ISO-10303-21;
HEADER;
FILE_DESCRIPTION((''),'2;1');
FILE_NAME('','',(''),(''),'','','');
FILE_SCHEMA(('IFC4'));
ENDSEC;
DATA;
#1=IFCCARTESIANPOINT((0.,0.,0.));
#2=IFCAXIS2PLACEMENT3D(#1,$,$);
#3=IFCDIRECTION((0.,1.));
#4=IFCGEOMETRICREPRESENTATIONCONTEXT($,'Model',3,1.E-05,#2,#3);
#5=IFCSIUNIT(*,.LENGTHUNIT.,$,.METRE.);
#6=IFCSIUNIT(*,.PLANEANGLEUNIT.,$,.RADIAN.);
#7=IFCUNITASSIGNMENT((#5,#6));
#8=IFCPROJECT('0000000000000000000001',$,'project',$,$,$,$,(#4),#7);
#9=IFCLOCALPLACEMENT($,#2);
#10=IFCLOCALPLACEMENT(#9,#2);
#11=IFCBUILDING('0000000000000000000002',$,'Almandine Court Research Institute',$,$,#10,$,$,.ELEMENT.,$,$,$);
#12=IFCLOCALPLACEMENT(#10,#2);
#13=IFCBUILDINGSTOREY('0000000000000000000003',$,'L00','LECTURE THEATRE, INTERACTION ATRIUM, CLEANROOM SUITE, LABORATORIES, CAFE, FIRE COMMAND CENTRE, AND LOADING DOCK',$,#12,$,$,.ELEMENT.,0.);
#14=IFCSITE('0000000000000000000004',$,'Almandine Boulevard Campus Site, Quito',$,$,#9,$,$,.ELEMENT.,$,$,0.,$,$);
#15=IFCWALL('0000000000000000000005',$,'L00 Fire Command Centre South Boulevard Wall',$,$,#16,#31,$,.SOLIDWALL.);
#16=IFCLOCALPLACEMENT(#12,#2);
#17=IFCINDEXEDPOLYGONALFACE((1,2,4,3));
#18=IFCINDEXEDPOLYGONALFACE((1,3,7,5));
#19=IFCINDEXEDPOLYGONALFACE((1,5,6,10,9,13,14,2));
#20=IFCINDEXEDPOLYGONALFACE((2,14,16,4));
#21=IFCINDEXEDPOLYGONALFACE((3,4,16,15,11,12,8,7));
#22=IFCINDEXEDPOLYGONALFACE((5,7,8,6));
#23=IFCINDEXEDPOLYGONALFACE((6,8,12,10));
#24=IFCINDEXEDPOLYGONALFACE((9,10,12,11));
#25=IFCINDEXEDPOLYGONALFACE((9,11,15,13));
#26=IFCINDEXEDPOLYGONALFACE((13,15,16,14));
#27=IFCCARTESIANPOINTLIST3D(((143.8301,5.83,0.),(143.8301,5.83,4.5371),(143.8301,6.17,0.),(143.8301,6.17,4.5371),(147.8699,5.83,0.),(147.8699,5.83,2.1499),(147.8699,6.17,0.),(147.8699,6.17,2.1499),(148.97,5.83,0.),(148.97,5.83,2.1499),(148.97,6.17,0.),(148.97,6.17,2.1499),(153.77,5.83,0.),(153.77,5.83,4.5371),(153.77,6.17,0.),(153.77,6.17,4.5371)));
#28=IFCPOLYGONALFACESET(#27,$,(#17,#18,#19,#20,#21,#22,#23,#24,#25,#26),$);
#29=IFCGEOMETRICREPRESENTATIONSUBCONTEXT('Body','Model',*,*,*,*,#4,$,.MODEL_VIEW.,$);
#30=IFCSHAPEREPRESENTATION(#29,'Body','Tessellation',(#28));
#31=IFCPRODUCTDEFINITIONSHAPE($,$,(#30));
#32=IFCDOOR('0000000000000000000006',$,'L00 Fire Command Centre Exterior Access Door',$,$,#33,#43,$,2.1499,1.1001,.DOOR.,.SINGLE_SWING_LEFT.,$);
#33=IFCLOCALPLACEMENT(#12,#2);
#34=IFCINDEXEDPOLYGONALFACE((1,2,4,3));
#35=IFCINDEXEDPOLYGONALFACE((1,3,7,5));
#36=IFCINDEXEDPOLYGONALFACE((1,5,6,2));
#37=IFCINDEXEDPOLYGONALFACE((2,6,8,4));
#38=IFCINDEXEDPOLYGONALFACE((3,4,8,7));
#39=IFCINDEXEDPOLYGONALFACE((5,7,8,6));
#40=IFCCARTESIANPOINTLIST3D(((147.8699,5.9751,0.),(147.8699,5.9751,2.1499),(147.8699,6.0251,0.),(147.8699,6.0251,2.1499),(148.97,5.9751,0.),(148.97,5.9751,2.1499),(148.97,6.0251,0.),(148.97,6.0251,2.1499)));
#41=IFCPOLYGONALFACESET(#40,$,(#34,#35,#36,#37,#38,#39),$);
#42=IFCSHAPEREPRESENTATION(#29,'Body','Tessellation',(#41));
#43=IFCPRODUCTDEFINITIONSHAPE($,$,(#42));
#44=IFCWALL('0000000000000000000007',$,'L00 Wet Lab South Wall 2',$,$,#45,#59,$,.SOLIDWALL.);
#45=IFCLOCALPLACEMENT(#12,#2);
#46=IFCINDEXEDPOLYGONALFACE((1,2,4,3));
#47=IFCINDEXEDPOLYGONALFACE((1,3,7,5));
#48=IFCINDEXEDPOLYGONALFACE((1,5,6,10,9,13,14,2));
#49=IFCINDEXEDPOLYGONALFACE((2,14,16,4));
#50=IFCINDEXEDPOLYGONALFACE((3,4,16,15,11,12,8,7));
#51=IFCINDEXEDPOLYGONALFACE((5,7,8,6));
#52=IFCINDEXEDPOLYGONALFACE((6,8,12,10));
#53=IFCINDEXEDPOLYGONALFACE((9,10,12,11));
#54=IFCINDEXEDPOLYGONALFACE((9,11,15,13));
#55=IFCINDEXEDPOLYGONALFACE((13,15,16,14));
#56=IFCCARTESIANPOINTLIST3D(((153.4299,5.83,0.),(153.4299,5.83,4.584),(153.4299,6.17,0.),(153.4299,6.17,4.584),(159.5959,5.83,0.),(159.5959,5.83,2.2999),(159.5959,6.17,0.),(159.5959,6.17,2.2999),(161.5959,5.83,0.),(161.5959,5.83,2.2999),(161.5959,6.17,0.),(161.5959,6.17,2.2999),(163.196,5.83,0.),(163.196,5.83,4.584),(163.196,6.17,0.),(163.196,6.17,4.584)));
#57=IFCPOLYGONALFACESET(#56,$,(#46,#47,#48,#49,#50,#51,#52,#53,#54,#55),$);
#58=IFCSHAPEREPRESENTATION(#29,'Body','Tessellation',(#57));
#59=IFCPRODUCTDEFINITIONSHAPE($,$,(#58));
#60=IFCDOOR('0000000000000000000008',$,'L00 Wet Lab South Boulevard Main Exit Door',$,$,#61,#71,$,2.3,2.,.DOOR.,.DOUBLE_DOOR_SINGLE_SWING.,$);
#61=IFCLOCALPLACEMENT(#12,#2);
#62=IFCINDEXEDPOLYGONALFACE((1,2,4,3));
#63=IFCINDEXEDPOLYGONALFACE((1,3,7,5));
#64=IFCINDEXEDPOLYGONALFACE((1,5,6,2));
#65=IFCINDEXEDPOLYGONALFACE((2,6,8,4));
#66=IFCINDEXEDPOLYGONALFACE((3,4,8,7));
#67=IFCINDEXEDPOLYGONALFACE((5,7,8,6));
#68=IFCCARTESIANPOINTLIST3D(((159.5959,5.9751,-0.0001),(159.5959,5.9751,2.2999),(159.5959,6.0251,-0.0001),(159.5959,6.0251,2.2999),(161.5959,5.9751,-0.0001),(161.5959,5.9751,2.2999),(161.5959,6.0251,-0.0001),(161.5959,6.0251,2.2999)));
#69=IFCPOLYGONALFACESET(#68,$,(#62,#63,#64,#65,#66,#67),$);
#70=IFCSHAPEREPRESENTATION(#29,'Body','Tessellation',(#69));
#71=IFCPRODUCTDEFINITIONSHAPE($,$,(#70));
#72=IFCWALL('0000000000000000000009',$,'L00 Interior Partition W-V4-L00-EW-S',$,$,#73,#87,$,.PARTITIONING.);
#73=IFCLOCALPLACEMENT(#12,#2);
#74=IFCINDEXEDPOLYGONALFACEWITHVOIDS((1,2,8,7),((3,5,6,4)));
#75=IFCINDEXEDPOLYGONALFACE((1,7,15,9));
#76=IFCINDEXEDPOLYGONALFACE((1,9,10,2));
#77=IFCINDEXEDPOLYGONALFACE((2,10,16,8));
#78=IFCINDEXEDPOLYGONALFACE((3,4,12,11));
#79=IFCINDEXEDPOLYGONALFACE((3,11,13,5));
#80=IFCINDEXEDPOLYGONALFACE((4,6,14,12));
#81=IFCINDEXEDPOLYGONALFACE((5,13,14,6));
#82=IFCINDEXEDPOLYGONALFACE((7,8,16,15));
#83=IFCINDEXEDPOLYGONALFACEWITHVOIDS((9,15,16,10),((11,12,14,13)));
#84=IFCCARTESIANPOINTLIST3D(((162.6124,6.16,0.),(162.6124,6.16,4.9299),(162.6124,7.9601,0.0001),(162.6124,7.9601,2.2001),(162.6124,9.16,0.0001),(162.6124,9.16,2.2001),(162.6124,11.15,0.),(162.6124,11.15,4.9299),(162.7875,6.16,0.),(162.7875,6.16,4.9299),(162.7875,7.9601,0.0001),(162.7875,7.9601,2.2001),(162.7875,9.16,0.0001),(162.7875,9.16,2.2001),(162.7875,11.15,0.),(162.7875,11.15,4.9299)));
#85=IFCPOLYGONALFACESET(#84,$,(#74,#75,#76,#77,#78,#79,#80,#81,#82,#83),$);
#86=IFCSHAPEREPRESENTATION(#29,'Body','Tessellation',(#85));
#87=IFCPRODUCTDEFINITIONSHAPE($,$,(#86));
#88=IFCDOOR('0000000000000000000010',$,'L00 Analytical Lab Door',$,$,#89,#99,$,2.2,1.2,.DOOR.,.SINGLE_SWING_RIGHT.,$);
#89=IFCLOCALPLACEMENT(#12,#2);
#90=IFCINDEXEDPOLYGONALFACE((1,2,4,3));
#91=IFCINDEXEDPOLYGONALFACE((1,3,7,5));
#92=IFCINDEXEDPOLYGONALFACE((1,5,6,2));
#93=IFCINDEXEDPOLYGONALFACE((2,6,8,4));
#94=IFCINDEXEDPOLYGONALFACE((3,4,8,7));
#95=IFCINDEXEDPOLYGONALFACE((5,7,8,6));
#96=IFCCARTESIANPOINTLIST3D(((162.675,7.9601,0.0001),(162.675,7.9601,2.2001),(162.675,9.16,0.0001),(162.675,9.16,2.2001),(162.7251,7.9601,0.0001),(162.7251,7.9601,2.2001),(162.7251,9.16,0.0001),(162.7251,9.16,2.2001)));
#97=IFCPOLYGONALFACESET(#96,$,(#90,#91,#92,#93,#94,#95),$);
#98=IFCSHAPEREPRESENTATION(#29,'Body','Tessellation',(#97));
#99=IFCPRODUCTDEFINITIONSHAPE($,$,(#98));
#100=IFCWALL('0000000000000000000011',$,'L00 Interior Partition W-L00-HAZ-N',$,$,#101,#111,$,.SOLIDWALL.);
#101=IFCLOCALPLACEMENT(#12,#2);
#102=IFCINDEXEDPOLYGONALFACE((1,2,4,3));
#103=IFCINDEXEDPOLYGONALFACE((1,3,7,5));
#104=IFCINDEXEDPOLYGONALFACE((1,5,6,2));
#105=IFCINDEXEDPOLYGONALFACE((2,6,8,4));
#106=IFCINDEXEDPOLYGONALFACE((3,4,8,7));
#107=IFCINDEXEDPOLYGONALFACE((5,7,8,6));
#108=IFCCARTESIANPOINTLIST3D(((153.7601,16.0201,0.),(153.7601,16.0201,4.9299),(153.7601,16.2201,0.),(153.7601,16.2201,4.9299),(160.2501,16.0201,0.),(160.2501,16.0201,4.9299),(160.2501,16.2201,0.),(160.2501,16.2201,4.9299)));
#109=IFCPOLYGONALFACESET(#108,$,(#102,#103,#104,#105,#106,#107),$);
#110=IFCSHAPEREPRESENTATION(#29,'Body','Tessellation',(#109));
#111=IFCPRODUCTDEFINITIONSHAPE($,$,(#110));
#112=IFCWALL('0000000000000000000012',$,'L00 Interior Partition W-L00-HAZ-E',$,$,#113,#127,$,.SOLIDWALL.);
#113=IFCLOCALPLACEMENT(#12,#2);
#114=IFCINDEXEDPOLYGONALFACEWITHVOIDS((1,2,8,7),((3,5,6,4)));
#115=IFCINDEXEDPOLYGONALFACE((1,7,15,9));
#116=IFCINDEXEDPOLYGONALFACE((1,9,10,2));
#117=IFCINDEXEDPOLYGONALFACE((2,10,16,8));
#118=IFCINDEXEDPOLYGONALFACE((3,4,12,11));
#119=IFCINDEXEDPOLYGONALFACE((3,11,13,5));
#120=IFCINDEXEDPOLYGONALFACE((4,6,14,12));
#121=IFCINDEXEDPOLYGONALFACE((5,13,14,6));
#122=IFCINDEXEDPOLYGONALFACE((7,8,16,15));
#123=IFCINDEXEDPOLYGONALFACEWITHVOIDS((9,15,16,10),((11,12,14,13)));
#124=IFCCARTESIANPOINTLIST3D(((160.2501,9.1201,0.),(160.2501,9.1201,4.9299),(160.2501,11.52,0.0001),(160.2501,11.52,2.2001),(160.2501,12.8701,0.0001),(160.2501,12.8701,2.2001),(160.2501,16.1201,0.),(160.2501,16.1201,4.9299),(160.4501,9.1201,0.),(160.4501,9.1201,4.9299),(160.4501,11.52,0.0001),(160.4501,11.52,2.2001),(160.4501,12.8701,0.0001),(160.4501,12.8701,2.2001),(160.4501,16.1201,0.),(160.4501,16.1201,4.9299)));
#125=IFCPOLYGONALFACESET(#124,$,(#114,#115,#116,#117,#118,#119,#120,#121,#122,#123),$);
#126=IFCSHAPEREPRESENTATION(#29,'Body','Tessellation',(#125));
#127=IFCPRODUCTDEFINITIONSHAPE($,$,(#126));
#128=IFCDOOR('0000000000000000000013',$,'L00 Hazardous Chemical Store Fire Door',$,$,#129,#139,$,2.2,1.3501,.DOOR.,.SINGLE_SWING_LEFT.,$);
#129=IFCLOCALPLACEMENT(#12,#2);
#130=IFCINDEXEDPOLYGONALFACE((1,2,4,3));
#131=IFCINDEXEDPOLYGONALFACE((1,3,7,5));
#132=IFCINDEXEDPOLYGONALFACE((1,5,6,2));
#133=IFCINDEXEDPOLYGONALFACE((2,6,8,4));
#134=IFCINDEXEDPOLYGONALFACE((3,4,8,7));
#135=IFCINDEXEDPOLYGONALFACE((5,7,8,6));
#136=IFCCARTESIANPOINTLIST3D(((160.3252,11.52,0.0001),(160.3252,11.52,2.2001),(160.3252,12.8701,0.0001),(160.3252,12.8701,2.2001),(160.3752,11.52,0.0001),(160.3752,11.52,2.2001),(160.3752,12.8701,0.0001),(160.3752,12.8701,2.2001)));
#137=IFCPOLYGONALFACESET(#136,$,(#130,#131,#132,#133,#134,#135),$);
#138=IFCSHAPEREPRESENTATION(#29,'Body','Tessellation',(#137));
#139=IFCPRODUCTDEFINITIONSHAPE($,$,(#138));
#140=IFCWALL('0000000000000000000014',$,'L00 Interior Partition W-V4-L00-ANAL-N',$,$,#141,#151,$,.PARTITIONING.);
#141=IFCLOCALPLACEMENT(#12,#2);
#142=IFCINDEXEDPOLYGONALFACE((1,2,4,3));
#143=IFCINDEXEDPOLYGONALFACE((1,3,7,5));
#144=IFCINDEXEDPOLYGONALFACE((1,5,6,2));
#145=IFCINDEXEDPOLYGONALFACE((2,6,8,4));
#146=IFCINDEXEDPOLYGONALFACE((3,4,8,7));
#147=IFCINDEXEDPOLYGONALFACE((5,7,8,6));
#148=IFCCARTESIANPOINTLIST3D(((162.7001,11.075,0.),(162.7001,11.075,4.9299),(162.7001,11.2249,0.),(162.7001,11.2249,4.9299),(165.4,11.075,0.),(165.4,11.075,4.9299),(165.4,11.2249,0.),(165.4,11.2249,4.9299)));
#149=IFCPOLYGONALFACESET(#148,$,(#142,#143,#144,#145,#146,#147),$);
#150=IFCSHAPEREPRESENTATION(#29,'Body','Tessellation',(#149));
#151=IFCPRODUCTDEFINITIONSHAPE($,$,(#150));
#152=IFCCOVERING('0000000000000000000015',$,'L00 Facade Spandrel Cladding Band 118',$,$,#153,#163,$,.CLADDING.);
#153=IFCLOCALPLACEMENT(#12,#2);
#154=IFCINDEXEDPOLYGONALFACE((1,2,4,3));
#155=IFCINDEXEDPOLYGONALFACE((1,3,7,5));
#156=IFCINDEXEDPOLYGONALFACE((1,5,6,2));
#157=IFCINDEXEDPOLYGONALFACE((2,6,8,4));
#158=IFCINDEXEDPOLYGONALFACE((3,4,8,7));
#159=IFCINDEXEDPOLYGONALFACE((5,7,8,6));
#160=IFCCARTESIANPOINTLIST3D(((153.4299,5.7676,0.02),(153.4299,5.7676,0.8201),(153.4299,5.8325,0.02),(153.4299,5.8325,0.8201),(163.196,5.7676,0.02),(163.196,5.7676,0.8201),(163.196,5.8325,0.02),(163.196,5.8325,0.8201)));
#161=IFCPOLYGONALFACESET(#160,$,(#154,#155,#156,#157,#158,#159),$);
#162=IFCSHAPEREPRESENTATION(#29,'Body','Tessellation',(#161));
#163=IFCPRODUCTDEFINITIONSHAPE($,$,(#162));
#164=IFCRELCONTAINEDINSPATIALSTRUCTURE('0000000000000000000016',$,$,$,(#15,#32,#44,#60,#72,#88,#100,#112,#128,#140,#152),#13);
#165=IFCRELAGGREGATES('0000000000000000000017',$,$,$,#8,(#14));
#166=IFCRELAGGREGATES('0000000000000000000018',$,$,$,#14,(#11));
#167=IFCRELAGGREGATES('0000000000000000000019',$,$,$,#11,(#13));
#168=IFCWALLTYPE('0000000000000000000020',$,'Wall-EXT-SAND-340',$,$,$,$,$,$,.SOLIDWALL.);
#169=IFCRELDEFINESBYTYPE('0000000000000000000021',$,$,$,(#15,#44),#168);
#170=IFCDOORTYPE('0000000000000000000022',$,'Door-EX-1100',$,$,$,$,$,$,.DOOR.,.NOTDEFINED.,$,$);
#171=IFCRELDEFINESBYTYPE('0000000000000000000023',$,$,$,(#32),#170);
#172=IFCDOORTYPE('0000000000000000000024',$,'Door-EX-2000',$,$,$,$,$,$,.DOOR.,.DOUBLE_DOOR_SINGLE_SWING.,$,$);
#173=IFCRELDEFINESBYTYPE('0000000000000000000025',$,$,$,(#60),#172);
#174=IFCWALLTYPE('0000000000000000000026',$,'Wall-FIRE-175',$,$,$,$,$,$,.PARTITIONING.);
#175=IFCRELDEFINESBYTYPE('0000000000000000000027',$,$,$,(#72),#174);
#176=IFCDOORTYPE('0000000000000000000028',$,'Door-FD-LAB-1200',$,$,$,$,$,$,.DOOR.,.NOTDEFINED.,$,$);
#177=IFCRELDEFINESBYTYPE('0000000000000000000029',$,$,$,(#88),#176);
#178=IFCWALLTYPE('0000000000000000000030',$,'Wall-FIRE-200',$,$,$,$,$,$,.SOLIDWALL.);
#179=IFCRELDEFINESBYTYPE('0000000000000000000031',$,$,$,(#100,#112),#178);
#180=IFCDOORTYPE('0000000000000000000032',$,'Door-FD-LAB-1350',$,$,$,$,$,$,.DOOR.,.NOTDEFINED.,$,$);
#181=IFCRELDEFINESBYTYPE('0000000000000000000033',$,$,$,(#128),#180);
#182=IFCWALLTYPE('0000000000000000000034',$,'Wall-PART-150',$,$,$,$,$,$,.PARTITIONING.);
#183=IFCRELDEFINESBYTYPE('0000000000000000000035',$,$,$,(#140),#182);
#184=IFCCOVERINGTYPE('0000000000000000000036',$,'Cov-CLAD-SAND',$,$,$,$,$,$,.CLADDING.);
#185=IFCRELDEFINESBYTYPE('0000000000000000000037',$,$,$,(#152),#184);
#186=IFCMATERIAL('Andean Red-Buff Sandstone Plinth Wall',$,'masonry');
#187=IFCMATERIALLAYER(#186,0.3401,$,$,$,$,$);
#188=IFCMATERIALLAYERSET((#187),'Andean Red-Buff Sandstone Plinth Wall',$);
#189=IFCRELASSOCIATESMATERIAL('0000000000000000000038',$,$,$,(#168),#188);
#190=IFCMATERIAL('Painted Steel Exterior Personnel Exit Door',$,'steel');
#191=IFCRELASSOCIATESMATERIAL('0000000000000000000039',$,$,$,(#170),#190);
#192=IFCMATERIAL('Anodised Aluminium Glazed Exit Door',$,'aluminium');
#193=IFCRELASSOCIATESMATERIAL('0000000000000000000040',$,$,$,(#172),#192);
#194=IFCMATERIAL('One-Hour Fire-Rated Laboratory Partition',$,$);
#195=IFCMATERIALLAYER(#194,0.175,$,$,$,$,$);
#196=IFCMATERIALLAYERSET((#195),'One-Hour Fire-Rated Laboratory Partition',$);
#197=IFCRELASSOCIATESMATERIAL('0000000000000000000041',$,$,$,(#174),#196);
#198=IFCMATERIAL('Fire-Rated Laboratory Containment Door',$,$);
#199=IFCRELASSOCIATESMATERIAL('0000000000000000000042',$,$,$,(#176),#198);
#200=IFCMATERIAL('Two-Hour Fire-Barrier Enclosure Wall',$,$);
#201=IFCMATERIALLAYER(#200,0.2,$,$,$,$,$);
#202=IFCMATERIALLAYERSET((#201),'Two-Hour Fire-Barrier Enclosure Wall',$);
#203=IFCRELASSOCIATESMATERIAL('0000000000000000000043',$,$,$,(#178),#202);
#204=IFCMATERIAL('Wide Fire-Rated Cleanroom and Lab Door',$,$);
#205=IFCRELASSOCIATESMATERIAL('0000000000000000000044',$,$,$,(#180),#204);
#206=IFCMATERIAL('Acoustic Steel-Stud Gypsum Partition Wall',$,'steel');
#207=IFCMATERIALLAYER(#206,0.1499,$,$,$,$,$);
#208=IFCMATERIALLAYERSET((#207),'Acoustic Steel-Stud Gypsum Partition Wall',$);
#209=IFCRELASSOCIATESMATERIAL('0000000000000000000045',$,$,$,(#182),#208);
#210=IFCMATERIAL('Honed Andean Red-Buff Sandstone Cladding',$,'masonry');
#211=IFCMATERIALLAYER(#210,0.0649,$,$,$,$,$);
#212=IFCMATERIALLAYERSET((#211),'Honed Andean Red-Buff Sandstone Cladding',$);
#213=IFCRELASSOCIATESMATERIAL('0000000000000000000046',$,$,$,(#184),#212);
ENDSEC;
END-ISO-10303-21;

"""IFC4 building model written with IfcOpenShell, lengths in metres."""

from ifc_helpers import new_model, si_unit, direction, frame, frame_2d, origin, origin_2d, place, context, subcontext, project, spatial, rectangle, extrude, material, layer, layer_set, type_object, element, fill, save


model = new_model("IFC4")

# Units and contexts
model_context = context("Model", 3, precision=1e-05, world=origin(), true_north=direction((0.0, 1.0)))
body_context = subcontext(model_context, "Body", "Model", "MODEL_VIEW")
ifc_project = project(units=[si_unit("LENGTHUNIT", "METRE"), si_unit("PLANEANGLEUNIT", "RADIAN")], contexts=[model_context])

# Site, building, storey
site_placement = place(None, origin())
site = spatial("IfcSite", under=ifc_project, at=site_placement, Name="Almandine Boulevard Campus Site, Quito", CompositionType="ELEMENT", RefElevation=0.0)
building_placement = place(site_placement, origin())
building = spatial("IfcBuilding", under=site, at=building_placement, Name="Almandine Court Research Institute", CompositionType="ELEMENT")
storey_placement = place(building_placement, origin())
storey = spatial("IfcBuildingStorey", under=building, at=storey_placement, Name="L00", Description="LECTURE THEATRE, INTERACTION ATRIUM, CLEANROOM SUITE, LABORATORIES, CAFE, FIRE COMMAND CENTRE, AND LOADING DOCK", CompositionType="ELEMENT", Elevation=0.0)

# Walls, openings, doors
ifc_material_1 = material(Name="Andean Red-Buff Sandstone Plinth Wall", Category="masonry")
ifc_layer_1 = layer(ifc_material_1, 0.3401)
ifc_layer_set_1 = layer_set([ifc_layer_1], Name="Andean Red-Buff Sandstone Plinth Wall")
wall_type_1 = type_object("IfcWallType", Name="Wall-EXT-SAND-340", PredefinedType="SOLIDWALL", material=ifc_layer_set_1)
wall_1_placement = place(storey_placement, frame((153.77, 6.0, 0.0), z_axis=(0.0, 0.0, 1.0), x_axis=(-1.0, 0.0, 0.0)))
wall_1 = element("IfcWall", 1, at=wall_1_placement, inside=storey, type_object=wall_type_1, Name="L00 Fire Command Centre South Boulevard Wall", PredefinedType="SOLIDWALL", context=body_context, shape_type="SweptSolid", body=[
    extrude(rectangle(XDim=9.9399, YDim=0.3401, at=frame_2d((4.97, 0.0))), origin(), (0.0, 0.0, 1.0), 4.5371),
])
opening_1_placement = place(wall_1_placement, frame((4.8, 0.0, 0.0)))
opening_1 = element("IfcOpeningElement", 2, at=opening_1_placement, cuts=wall_1, PredefinedType="OPENING", context=body_context, shape_type="SweptSolid", body=[
    extrude(rectangle(XDim=1.1001, YDim=2.1499, at=frame_2d((0.55, 1.075))), frame((0.0, 0.1799, 0.0), z_axis=(0.0, -1.0, 0.0), x_axis=(1.0, 0.0, 0.0)), (0.0, 0.0, 1.0), 0.3601),
])
ifc_material_2 = material(Name="Painted Steel Exterior Personnel Exit Door", Category="steel")
door_type_1 = type_object("IfcDoorType", Name="Door-EX-1100", OperationType="NOTDEFINED", PredefinedType="DOOR", material=ifc_material_2)
door_1_placement = place(opening_1_placement, origin())
door_1 = element("IfcDoor", 3, at=door_1_placement, inside=storey, type_object=door_type_1, Name="L00 Fire Command Centre Exterior Access Door", OperationType="SINGLE_SWING_LEFT", OverallHeight=2.1499, OverallWidth=1.1001, PredefinedType="DOOR", context=body_context, shape_type="SweptSolid", body=[
    extrude(rectangle(XDim=1.1001, YDim=2.1499, at=frame_2d((0.55, 1.075))), frame((0.0, 0.0249, 0.0), z_axis=(0.0, -1.0, 0.0), x_axis=(1.0, 0.0, 0.0)), (0.0, 0.0, 1.0), 0.05),
])
fill(opening_1, door_1)
wall_2_placement = place(storey_placement, frame((163.196, 6.0, 0.0), z_axis=(0.0, 0.0, 1.0), x_axis=(-1.0, 0.0, 0.0)))
wall_2 = element("IfcWall", 4, at=wall_2_placement, inside=storey, type_object=wall_type_1, Name="L00 Wet Lab South Wall 2", PredefinedType="SOLIDWALL", context=body_context, shape_type="SweptSolid", body=[
    extrude(rectangle(XDim=9.7661, YDim=0.3401, at=frame_2d((4.8831, 0.0))), origin(), (0.0, 0.0, 1.0), 4.584),
])
opening_2_placement = place(wall_2_placement, frame((1.6001, 0.0, 0.0)))
opening_2 = element("IfcOpeningElement", 5, at=opening_2_placement, cuts=wall_2, PredefinedType="OPENING", context=body_context, shape_type="SweptSolid", body=[
    extrude(rectangle(XDim=2.0, YDim=2.3, at=frame_2d((1.0, 1.1499))), frame((0.0, 0.1799, 0.0), z_axis=(0.0, -1.0, 0.0), x_axis=(1.0, 0.0, 0.0)), (0.0, 0.0, 1.0), 0.3601),
])
ifc_material_3 = material(Name="Anodised Aluminium Glazed Exit Door", Category="aluminium")
door_type_2 = type_object("IfcDoorType", Name="Door-EX-2000", OperationType="DOUBLE_DOOR_SINGLE_SWING", PredefinedType="DOOR", material=ifc_material_3)
door_2_placement = place(opening_2_placement, origin())
door_2 = element("IfcDoor", 6, at=door_2_placement, inside=storey, type_object=door_type_2, Name="L00 Wet Lab South Boulevard Main Exit Door", OperationType="DOUBLE_DOOR_SINGLE_SWING", OverallHeight=2.3, OverallWidth=2.0, PredefinedType="DOOR", context=body_context, shape_type="SweptSolid", body=[
    extrude(rectangle(XDim=2.0, YDim=2.3, at=frame_2d((1.0, 1.1499))), frame((0.0, 0.0249, 0.0), z_axis=(0.0, -1.0, 0.0), x_axis=(1.0, 0.0, 0.0)), (0.0, 0.0, 1.0), 0.05),
])
fill(opening_2, door_2)
ifc_material_4 = material(Name="One-Hour Fire-Rated Laboratory Partition")
ifc_layer_2 = layer(ifc_material_4, 0.175)
ifc_layer_set_2 = layer_set([ifc_layer_2], Name="One-Hour Fire-Rated Laboratory Partition")
wall_type_2 = type_object("IfcWallType", Name="Wall-FIRE-175", PredefinedType="PARTITIONING", material=ifc_layer_set_2)
wall_3_placement = place(storey_placement, frame((162.7, 6.1599, 0.0), z_axis=(0.0, 0.0, 1.0), x_axis=(0.0, 1.0, 0.0)))
wall_3 = element("IfcWall", 7, at=wall_3_placement, inside=storey, type_object=wall_type_2, Name="L00 Interior Partition W-V4-L00-EW-S", PredefinedType="PARTITIONING", context=body_context, shape_type="SweptSolid", body=[
    extrude(rectangle(XDim=4.99, YDim=0.175, at=frame_2d((2.4951, 0.0))), origin(), (0.0, 0.0, 1.0), 4.9299),
])
opening_3_placement = place(wall_3_placement, frame((1.8, 0.0, 0.0)))
opening_3 = element("IfcOpeningElement", 8, at=opening_3_placement, cuts=wall_3, PredefinedType="OPENING", context=body_context, shape_type="SweptSolid", body=[
    extrude(rectangle(XDim=1.2, YDim=2.2, at=frame_2d((0.6001, 1.1001))), frame((0.0, 0.0974, 0.0), z_axis=(0.0, -1.0, 0.0), x_axis=(1.0, 0.0, 0.0)), (0.0, 0.0, 1.0), 0.1951),
])
ifc_material_5 = material(Name="Fire-Rated Laboratory Containment Door")
door_type_3 = type_object("IfcDoorType", Name="Door-FD-LAB-1200", OperationType="NOTDEFINED", PredefinedType="DOOR", material=ifc_material_5)
door_3_placement = place(opening_3_placement, origin())
door_3 = element("IfcDoor", 9, at=door_3_placement, inside=storey, type_object=door_type_3, Name="L00 Analytical Lab Door", OperationType="SINGLE_SWING_RIGHT", OverallHeight=2.2, OverallWidth=1.2, PredefinedType="DOOR", context=body_context, shape_type="SweptSolid", body=[
    extrude(rectangle(XDim=1.2, YDim=2.2, at=frame_2d((0.6001, 1.1001))), frame((0.0, 0.0249, 0.0), z_axis=(0.0, -1.0, 0.0), x_axis=(1.0, 0.0, 0.0)), (0.0, 0.0, 1.0), 0.05),
])
fill(opening_3, door_3)

# Wall
ifc_material_6 = material(Name="Two-Hour Fire-Barrier Enclosure Wall")
ifc_layer_3 = layer(ifc_material_6, 0.2)
ifc_layer_set_3 = layer_set([ifc_layer_3], Name="Two-Hour Fire-Barrier Enclosure Wall")
wall_type_3 = type_object("IfcWallType", Name="Wall-FIRE-200", PredefinedType="SOLIDWALL", material=ifc_layer_set_3)
wall_4_placement = place(storey_placement, frame((153.76, 16.1201, 0.0), z_axis=(0.0, 0.0, 1.0), x_axis=(1.0, 0.0, 0.0)))
element("IfcWall", 10, at=wall_4_placement, inside=storey, type_object=wall_type_3, Name="L00 Interior Partition W-L00-HAZ-N", PredefinedType="SOLIDWALL", context=body_context, shape_type="SweptSolid", body=[
    extrude(rectangle(XDim=6.49, YDim=0.2, at=frame_2d((3.2451, 0.0))), origin(), (0.0, 0.0, 1.0), 4.9299),
])

# Wall, opening, door
wall_5_placement = place(storey_placement, frame((160.3501, 9.1201, 0.0), z_axis=(0.0, 0.0, 1.0), x_axis=(0.0, 1.0, 0.0)))
wall_5 = element("IfcWall", 11, at=wall_5_placement, inside=storey, type_object=wall_type_3, Name="L00 Interior Partition W-L00-HAZ-E", PredefinedType="SOLIDWALL", context=body_context, shape_type="SweptSolid", body=[
    extrude(rectangle(XDim=7.0, YDim=0.2, at=frame_2d((3.5, 0.0))), origin(), (0.0, 0.0, 1.0), 4.9299),
])
opening_4_placement = place(wall_5_placement, frame((2.3999, 0.0, 0.0)))
opening_4 = element("IfcOpeningElement", 12, at=opening_4_placement, cuts=wall_5, PredefinedType="OPENING", context=body_context, shape_type="SweptSolid", body=[
    extrude(rectangle(XDim=1.3501, YDim=2.2, at=frame_2d((0.675, 1.1001))), frame((0.0, 0.1099, 0.0), z_axis=(0.0, -1.0, 0.0), x_axis=(1.0, 0.0, 0.0)), (0.0, 0.0, 1.0), 0.22),
])
ifc_material_7 = material(Name="Wide Fire-Rated Cleanroom and Lab Door")
door_type_4 = type_object("IfcDoorType", Name="Door-FD-LAB-1350", OperationType="NOTDEFINED", PredefinedType="DOOR", material=ifc_material_7)
door_4_placement = place(opening_4_placement, origin())
door_4 = element("IfcDoor", 13, at=door_4_placement, inside=storey, type_object=door_type_4, Name="L00 Hazardous Chemical Store Fire Door", OperationType="SINGLE_SWING_LEFT", OverallHeight=2.2, OverallWidth=1.3501, PredefinedType="DOOR", context=body_context, shape_type="SweptSolid", body=[
    extrude(rectangle(XDim=1.3501, YDim=2.2, at=frame_2d((0.675, 1.1001))), frame((0.0, 0.0249, 0.0), z_axis=(0.0, -1.0, 0.0), x_axis=(1.0, 0.0, 0.0)), (0.0, 0.0, 1.0), 0.05),
])
fill(opening_4, door_4)

# Wall
ifc_material_8 = material(Name="Acoustic Steel-Stud Gypsum Partition Wall", Category="steel")
ifc_layer_4 = layer(ifc_material_8, 0.1499)
ifc_layer_set_4 = layer_set([ifc_layer_4], Name="Acoustic Steel-Stud Gypsum Partition Wall")
wall_type_4 = type_object("IfcWallType", Name="Wall-PART-150", PredefinedType="PARTITIONING", material=ifc_layer_set_4)
wall_6_placement = place(storey_placement, frame((162.7, 11.1499, 0.0), z_axis=(0.0, 0.0, 1.0), x_axis=(1.0, 0.0, 0.0)))
element("IfcWall", 14, at=wall_6_placement, inside=storey, type_object=wall_type_4, Name="L00 Interior Partition W-V4-L00-ANAL-N", PredefinedType="PARTITIONING", context=body_context, shape_type="SweptSolid", body=[
    extrude(rectangle(XDim=2.7, YDim=0.1499, at=frame_2d((1.3501, 0.0))), origin(), (0.0, 0.0, 1.0), 4.9299),
])

# Covering
ifc_material_9 = material(Name="Honed Andean Red-Buff Sandstone Cladding", Category="masonry")
ifc_layer_5 = layer(ifc_material_9, 0.0649)
ifc_layer_set_5 = layer_set([ifc_layer_5], Name="Honed Andean Red-Buff Sandstone Cladding")
covering_type = type_object("IfcCoveringType", Name="Cov-CLAD-SAND", PredefinedType="CLADDING", material=ifc_layer_set_5)
covering_placement = place(storey_placement, frame((158.313, 5.8, 0.02), z_axis=(0.0, 0.0, 1.0), x_axis=(-1.0, 0.0, 0.0)))
element("IfcCovering", 15, at=covering_placement, inside=storey, type_object=covering_type, Name="L00 Facade Spandrel Cladding Band 118", PredefinedType="CLADDING", context=body_context, shape_type="SweptSolid", body=[
    extrude(rectangle(XDim=9.7661, YDim=0.0649, at=origin_2d()), origin(), (0.0, 0.0, 1.0), 0.8),
])

save(model, "model.ifc")
